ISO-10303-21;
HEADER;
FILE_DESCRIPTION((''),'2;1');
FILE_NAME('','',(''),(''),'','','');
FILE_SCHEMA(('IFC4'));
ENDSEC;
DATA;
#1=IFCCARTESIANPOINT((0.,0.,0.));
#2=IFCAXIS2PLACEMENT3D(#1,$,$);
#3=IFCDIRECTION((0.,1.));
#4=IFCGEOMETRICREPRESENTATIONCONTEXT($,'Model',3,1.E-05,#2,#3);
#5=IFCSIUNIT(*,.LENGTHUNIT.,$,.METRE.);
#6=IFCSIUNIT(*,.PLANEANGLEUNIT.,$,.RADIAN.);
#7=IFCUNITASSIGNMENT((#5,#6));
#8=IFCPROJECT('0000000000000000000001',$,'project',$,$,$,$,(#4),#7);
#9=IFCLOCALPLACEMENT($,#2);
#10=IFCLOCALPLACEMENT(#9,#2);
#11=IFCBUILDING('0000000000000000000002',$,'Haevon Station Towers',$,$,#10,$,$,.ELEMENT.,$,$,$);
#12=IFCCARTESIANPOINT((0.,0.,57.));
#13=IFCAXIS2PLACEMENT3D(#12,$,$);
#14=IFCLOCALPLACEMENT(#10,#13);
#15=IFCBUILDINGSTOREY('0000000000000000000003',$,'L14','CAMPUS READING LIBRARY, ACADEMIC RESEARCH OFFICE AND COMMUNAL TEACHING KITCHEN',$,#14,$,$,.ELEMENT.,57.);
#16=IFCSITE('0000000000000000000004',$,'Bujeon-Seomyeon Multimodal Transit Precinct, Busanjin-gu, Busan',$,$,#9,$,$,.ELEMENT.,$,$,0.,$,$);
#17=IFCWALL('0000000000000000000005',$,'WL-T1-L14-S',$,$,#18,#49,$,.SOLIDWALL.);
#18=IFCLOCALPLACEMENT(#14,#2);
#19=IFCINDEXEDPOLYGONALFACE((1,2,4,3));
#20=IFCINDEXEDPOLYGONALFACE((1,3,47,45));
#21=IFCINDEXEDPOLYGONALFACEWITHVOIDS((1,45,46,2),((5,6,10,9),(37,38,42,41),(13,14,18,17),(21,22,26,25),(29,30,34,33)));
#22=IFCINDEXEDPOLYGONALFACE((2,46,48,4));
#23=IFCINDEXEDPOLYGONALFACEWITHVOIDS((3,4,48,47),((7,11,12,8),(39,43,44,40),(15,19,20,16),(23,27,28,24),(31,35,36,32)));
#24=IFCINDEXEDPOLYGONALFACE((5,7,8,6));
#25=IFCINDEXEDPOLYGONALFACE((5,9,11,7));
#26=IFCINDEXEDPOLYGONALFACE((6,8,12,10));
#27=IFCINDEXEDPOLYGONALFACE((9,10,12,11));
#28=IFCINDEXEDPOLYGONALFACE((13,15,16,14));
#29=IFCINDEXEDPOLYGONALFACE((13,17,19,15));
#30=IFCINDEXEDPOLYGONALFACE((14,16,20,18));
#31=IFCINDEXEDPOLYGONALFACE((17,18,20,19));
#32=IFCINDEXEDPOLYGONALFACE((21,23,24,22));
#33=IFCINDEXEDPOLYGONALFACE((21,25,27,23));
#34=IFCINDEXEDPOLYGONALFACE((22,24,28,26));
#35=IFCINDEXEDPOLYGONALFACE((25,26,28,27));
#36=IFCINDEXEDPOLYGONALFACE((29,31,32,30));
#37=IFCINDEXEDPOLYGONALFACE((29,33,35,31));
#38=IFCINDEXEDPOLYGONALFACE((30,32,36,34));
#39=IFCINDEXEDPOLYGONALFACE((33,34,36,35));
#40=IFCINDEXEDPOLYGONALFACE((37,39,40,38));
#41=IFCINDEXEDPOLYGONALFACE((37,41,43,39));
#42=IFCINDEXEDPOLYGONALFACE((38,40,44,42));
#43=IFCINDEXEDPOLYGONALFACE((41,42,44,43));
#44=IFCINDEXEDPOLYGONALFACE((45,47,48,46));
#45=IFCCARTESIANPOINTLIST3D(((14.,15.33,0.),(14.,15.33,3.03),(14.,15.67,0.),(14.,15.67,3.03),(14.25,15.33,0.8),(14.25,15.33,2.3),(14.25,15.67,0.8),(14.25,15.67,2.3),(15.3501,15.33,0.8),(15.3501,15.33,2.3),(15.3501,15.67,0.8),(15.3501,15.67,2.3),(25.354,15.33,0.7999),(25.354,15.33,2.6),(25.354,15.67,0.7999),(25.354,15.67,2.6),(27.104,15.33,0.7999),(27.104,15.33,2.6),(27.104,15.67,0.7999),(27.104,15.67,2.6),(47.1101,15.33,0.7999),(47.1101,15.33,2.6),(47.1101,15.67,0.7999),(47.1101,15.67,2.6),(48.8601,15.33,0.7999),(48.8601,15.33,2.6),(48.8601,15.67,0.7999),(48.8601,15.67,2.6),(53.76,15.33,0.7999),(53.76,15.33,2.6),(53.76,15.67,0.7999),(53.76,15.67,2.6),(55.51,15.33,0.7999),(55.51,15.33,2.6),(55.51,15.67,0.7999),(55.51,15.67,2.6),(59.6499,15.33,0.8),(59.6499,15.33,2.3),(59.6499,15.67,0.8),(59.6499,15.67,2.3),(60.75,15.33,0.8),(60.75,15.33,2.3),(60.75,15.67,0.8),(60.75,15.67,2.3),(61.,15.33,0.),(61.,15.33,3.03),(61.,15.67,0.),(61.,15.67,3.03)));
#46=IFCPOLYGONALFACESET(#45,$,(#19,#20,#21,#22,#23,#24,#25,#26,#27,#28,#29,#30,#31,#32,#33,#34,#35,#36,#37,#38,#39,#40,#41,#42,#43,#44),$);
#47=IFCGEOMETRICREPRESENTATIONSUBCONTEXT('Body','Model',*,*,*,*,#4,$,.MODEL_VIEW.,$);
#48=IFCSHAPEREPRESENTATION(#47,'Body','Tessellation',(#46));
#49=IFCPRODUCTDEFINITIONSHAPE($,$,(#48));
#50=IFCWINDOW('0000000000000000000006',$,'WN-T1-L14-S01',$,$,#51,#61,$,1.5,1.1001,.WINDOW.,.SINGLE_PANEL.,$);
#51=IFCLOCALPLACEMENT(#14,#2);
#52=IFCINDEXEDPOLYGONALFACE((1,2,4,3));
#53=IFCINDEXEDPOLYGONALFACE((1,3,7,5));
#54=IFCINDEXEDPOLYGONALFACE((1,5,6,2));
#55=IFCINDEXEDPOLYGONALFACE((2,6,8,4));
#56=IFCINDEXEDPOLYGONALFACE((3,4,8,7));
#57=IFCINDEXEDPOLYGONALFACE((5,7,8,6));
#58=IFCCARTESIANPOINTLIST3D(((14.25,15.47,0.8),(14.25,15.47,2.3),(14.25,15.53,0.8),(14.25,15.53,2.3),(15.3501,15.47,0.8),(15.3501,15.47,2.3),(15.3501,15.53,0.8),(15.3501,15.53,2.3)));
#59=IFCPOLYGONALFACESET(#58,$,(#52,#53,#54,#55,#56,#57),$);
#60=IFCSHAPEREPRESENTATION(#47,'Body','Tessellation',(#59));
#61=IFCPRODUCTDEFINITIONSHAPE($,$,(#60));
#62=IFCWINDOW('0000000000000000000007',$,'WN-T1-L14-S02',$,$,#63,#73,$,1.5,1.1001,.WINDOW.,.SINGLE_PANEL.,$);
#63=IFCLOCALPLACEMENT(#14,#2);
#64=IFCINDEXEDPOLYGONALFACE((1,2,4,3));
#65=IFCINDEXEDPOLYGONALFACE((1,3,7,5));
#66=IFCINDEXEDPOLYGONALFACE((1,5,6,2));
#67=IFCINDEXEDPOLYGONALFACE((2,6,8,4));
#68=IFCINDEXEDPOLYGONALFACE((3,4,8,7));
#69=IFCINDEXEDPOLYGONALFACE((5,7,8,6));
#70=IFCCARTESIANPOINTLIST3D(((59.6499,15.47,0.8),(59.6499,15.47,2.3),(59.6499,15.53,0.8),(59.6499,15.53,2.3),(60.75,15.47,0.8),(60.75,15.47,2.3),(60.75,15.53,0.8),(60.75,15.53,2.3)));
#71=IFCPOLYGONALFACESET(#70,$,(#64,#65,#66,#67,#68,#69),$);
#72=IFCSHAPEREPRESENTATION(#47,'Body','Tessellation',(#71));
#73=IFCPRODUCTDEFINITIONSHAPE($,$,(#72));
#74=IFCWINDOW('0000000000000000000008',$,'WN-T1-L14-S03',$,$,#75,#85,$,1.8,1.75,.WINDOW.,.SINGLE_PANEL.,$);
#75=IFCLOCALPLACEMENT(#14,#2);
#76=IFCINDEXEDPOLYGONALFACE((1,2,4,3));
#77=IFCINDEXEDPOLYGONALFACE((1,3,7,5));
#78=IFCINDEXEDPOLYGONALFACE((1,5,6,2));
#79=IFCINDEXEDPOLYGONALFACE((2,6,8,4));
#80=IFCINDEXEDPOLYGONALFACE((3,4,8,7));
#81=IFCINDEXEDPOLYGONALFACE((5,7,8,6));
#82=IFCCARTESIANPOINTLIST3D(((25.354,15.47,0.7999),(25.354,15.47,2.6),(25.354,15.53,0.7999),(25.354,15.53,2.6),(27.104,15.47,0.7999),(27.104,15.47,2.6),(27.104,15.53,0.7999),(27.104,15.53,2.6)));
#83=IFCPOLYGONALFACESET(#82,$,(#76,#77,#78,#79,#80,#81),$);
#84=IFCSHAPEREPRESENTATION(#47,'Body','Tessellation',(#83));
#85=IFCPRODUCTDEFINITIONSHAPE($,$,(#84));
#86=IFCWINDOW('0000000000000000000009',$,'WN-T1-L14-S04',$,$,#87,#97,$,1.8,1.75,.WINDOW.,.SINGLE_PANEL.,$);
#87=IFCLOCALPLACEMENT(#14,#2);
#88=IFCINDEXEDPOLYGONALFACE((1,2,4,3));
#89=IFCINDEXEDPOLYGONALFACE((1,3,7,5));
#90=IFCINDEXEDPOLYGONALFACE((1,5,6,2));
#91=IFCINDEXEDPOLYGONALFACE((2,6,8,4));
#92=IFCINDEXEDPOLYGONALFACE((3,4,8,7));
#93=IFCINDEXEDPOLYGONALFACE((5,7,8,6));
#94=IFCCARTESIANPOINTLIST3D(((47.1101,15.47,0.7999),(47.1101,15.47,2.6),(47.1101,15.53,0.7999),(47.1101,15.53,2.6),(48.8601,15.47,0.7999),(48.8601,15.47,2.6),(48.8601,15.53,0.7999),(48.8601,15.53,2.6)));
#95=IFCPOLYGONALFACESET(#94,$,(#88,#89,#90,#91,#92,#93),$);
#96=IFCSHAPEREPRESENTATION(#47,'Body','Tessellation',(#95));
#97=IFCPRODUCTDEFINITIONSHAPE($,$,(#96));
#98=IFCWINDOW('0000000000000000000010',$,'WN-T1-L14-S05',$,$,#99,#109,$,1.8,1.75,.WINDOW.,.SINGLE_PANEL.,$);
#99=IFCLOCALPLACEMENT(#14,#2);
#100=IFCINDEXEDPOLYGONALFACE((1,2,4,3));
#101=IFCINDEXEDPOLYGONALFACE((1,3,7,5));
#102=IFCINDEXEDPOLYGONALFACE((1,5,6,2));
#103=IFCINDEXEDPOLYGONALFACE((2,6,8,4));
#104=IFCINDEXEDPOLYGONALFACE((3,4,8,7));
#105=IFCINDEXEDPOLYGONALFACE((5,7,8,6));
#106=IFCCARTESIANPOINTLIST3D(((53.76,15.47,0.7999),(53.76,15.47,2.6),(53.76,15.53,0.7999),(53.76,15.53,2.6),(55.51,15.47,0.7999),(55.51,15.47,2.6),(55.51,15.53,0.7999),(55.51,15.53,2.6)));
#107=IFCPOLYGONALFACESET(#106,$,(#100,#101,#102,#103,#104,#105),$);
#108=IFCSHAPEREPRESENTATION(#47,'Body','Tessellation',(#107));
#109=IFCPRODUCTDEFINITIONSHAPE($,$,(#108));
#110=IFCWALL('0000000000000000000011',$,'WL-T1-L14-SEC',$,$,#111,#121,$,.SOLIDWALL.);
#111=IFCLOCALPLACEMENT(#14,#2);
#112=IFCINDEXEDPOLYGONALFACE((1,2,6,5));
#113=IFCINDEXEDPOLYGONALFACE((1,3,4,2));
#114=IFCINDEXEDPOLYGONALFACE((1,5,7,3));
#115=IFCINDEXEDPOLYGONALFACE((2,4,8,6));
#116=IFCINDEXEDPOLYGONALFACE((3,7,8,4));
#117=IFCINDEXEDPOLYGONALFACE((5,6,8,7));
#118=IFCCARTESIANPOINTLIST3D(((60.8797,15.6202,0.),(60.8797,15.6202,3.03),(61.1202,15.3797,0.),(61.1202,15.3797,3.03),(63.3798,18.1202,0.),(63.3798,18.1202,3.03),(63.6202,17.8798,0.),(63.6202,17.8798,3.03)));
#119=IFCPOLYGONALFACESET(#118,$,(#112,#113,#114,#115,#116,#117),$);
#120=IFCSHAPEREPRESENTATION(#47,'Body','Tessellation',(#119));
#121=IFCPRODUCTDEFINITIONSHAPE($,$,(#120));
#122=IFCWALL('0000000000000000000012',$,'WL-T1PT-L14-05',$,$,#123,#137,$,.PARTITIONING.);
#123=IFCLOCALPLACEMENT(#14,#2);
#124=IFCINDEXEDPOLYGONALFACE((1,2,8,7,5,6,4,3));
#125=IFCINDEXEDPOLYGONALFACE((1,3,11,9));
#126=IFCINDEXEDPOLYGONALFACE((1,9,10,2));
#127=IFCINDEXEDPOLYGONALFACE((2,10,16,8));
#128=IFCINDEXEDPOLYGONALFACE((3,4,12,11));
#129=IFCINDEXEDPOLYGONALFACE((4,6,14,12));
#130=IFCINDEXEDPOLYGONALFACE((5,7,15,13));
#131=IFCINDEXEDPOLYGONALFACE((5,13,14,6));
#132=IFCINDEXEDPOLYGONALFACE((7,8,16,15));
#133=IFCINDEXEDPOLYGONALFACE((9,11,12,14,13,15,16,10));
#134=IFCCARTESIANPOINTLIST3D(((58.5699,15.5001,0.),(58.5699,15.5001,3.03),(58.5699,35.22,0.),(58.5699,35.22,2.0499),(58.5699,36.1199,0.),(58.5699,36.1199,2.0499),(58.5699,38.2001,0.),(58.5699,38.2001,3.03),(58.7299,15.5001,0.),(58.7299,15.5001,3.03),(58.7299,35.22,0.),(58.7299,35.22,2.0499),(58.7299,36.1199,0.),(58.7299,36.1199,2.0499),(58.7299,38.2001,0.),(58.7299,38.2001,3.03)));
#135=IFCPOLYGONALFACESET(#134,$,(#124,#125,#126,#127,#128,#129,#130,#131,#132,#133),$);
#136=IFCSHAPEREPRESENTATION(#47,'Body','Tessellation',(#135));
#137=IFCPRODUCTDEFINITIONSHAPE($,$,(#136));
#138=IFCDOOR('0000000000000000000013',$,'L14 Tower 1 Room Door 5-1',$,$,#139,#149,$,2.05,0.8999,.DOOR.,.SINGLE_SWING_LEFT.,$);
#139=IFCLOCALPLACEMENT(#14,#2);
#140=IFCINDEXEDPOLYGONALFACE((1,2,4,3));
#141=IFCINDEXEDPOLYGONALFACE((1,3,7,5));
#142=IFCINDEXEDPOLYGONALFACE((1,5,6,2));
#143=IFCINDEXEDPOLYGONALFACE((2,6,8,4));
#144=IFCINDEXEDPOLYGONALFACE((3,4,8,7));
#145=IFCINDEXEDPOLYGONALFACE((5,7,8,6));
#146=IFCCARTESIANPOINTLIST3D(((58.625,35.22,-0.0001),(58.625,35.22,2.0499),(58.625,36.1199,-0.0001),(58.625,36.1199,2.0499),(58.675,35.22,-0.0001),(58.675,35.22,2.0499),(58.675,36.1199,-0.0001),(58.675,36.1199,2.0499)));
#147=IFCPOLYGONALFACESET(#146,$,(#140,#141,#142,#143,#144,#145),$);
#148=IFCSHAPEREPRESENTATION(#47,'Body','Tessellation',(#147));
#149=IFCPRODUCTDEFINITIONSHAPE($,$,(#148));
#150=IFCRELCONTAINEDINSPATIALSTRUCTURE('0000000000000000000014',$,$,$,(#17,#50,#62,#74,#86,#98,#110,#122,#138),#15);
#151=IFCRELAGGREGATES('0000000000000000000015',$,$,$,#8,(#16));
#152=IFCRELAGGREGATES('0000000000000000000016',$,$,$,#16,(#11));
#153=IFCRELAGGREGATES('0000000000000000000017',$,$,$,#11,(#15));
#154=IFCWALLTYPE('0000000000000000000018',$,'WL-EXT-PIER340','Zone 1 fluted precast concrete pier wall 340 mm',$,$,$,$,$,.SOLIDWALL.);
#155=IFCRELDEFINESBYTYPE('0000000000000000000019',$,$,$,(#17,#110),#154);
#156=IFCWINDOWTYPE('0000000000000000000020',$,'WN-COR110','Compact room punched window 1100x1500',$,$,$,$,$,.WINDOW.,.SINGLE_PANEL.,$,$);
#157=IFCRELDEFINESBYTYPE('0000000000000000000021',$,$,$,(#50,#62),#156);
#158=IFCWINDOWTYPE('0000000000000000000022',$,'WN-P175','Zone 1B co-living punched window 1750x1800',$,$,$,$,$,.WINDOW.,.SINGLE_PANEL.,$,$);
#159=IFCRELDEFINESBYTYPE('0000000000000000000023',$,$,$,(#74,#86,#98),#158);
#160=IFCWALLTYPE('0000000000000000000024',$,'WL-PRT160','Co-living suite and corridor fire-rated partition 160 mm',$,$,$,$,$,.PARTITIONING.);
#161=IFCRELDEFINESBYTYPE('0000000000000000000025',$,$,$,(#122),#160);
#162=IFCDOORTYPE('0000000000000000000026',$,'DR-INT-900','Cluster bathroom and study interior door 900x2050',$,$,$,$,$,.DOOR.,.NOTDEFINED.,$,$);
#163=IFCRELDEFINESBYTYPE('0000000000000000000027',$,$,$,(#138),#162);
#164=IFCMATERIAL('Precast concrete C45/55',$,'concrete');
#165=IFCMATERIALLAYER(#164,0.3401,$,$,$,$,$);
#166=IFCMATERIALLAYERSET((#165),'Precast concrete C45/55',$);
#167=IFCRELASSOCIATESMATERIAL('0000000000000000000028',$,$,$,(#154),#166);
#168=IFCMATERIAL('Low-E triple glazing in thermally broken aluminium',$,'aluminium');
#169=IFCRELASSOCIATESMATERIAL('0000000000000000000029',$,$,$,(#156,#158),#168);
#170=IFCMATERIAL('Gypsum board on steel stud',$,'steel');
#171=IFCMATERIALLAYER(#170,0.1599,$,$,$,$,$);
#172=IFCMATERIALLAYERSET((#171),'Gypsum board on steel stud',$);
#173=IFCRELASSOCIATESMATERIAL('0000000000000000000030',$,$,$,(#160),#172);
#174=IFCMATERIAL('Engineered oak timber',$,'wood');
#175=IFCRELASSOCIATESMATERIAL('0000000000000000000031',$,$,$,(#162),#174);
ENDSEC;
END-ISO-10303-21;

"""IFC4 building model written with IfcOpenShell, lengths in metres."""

from ifc_helpers import new_model, si_unit, direction, frame, frame_2d, origin, place, context, subcontext, project, spatial, rectangle, extrude, material, layer, layer_set, type_object, element, fill, save


model = new_model("IFC4")

# Units and contexts
model_context = context("Model", 3, precision=1e-05, world=origin(), true_north=direction((0.0, 1.0)))
body_context = subcontext(model_context, "Body", "Model", "MODEL_VIEW")
ifc_project = project(units=[si_unit("LENGTHUNIT", "METRE"), si_unit("PLANEANGLEUNIT", "RADIAN")], contexts=[model_context])

# Site, building, storey
site_placement = place(None, origin())
site = spatial("IfcSite", under=ifc_project, at=site_placement, Name="Bujeon-Seomyeon Multimodal Transit Precinct, Busanjin-gu, Busan", CompositionType="ELEMENT", RefElevation=0.0)
building_placement = place(site_placement, origin())
building = spatial("IfcBuilding", under=site, at=building_placement, Name="Haevon Station Towers", CompositionType="ELEMENT")
storey_placement = place(building_placement, frame((0.0, 0.0, 57.0)))
storey = spatial("IfcBuildingStorey", under=building, at=storey_placement, Name="L14", Description="CAMPUS READING LIBRARY, ACADEMIC RESEARCH OFFICE AND COMMUNAL TEACHING KITCHEN", CompositionType="ELEMENT", Elevation=57.0)

# Wall, openings, windows
ifc_material_1 = material(Name="Precast concrete C45/55", Category="concrete")
ifc_layer_1 = layer(ifc_material_1, 0.3401)
ifc_layer_set_1 = layer_set([ifc_layer_1], Name="Precast concrete C45/55")
wall_type_1 = type_object("IfcWallType", Name="WL-EXT-PIER340", Description="Zone 1 fluted precast concrete pier wall 340 mm", PredefinedType="SOLIDWALL", material=ifc_layer_set_1)
wall_1_placement = place(storey_placement, frame((61.0, 15.5, 0.0), z_axis=(0.0, 0.0, 1.0), x_axis=(-1.0, 0.0, 0.0)))
wall_1 = element("IfcWall", 1, at=wall_1_placement, inside=storey, type_object=wall_type_1, Name="WL-T1-L14-S", PredefinedType="SOLIDWALL", context=body_context, shape_type="SweptSolid", body=[
    extrude(rectangle(XDim=47.0, YDim=0.3401, at=frame_2d((23.5, 0.0))), origin(), (0.0, 0.0, 1.0), 3.03),
])
opening_1_placement = place(wall_1_placement, frame((45.6499, 0.0, 0.8)))
opening_1 = element("IfcOpeningElement", 2, at=opening_1_placement, cuts=wall_1, PredefinedType="OPENING", context=body_context, shape_type="SweptSolid", body=[
    extrude(rectangle(XDim=1.1001, YDim=1.5, at=frame_2d((0.55, 0.75))), frame((0.0, 0.1799, 0.0), z_axis=(0.0, -1.0, 0.0), x_axis=(1.0, 0.0, 0.0)), (0.0, 0.0, 1.0), 0.3601),
])
opening_2_placement = place(wall_1_placement, frame((0.25, 0.0, 0.8)))
opening_2 = element("IfcOpeningElement", 3, at=opening_2_placement, cuts=wall_1, PredefinedType="OPENING", context=body_context, shape_type="SweptSolid", body=[
    extrude(rectangle(XDim=1.1001, YDim=1.5, at=frame_2d((0.55, 0.75))), frame((0.0, 0.1799, 0.0), z_axis=(0.0, -1.0, 0.0), x_axis=(1.0, 0.0, 0.0)), (0.0, 0.0, 1.0), 0.3601),
])
opening_3_placement = place(wall_1_placement, frame((33.896, 0.0, 0.8)))
opening_3 = element("IfcOpeningElement", 4, at=opening_3_placement, cuts=wall_1, PredefinedType="OPENING", context=body_context, shape_type="SweptSolid", body=[
    extrude(rectangle(XDim=1.75, YDim=1.8, at=frame_2d((0.875, 0.8999))), frame((0.0, 0.1799, 0.0), z_axis=(0.0, -1.0, 0.0), x_axis=(1.0, 0.0, 0.0)), (0.0, 0.0, 1.0), 0.3601),
])
opening_4_placement = place(wall_1_placement, frame((12.1399, 0.0, 0.8)))
opening_4 = element("IfcOpeningElement", 5, at=opening_4_placement, cuts=wall_1, PredefinedType="OPENING", context=body_context, shape_type="SweptSolid", body=[
    extrude(rectangle(XDim=1.75, YDim=1.8, at=frame_2d((0.875, 0.8999))), frame((0.0, 0.1799, 0.0), z_axis=(0.0, -1.0, 0.0), x_axis=(1.0, 0.0, 0.0)), (0.0, 0.0, 1.0), 0.3601),
])
opening_5_placement = place(wall_1_placement, frame((5.49, 0.0, 0.8)))
opening_5 = element("IfcOpeningElement", 6, at=opening_5_placement, cuts=wall_1, PredefinedType="OPENING", context=body_context, shape_type="SweptSolid", body=[
    extrude(rectangle(XDim=1.75, YDim=1.8, at=frame_2d((0.875, 0.8999))), frame((0.0, 0.1799, 0.0), z_axis=(0.0, -1.0, 0.0), x_axis=(1.0, 0.0, 0.0)), (0.0, 0.0, 1.0), 0.3601),
])
ifc_material_2 = material(Name="Low-E triple glazing in thermally broken aluminium", Category="aluminium")
window_type_1 = type_object("IfcWindowType", Name="WN-COR110", Description="Compact room punched window 1100x1500", PartitioningType="SINGLE_PANEL", PredefinedType="WINDOW", material=ifc_material_2)
window_1_placement = place(opening_1_placement, origin())
window_1 = element("IfcWindow", 7, at=window_1_placement, inside=storey, type_object=window_type_1, Name="WN-T1-L14-S01", OverallHeight=1.5, OverallWidth=1.1001, PartitioningType="SINGLE_PANEL", PredefinedType="WINDOW", context=body_context, shape_type="SweptSolid", body=[
    extrude(rectangle(XDim=1.1001, YDim=1.5, at=frame_2d((0.55, 0.75))), frame((0.0, 0.03, 0.0), z_axis=(0.0, -1.0, 0.0), x_axis=(1.0, 0.0, 0.0)), (0.0, 0.0, 1.0), 0.0601),
])
fill(opening_1, window_1)
window_2_placement = place(opening_2_placement, origin())
window_2 = element("IfcWindow", 8, at=window_2_placement, inside=storey, type_object=window_type_1, Name="WN-T1-L14-S02", OverallHeight=1.5, OverallWidth=1.1001, PartitioningType="SINGLE_PANEL", PredefinedType="WINDOW", context=body_context, shape_type="SweptSolid", body=[
    extrude(rectangle(XDim=1.1001, YDim=1.5, at=frame_2d((0.55, 0.75))), frame((0.0, 0.03, 0.0), z_axis=(0.0, -1.0, 0.0), x_axis=(1.0, 0.0, 0.0)), (0.0, 0.0, 1.0), 0.0601),
])
fill(opening_2, window_2)
window_type_2 = type_object("IfcWindowType", Name="WN-P175", Description="Zone 1B co-living punched window 1750x1800", PartitioningType="SINGLE_PANEL", PredefinedType="WINDOW", material=ifc_material_2)
window_3_placement = place(opening_3_placement, origin())
window_3 = element("IfcWindow", 9, at=window_3_placement, inside=storey, type_object=window_type_2, Name="WN-T1-L14-S03", OverallHeight=1.8, OverallWidth=1.75, PartitioningType="SINGLE_PANEL", PredefinedType="WINDOW", context=body_context, shape_type="SweptSolid", body=[
    extrude(rectangle(XDim=1.75, YDim=1.8, at=frame_2d((0.875, 0.8999))), frame((0.0, 0.03, 0.0), z_axis=(0.0, -1.0, 0.0), x_axis=(1.0, 0.0, 0.0)), (0.0, 0.0, 1.0), 0.0601),
])
fill(opening_3, window_3)
window_4_placement = place(opening_4_placement, origin())
window_4 = element("IfcWindow", 10, at=window_4_placement, inside=storey, type_object=window_type_2, Name="WN-T1-L14-S04", OverallHeight=1.8, OverallWidth=1.75, PartitioningType="SINGLE_PANEL", PredefinedType="WINDOW", context=body_context, shape_type="SweptSolid", body=[
    extrude(rectangle(XDim=1.75, YDim=1.8, at=frame_2d((0.875, 0.8999))), frame((0.0, 0.03, 0.0), z_axis=(0.0, -1.0, 0.0), x_axis=(1.0, 0.0, 0.0)), (0.0, 0.0, 1.0), 0.0601),
])
fill(opening_4, window_4)
window_5_placement = place(opening_5_placement, origin())
window_5 = element("IfcWindow", 11, at=window_5_placement, inside=storey, type_object=window_type_2, Name="WN-T1-L14-S05", OverallHeight=1.8, OverallWidth=1.75, PartitioningType="SINGLE_PANEL", PredefinedType="WINDOW", context=body_context, shape_type="SweptSolid", body=[
    extrude(rectangle(XDim=1.75, YDim=1.8, at=frame_2d((0.875, 0.8999))), frame((0.0, 0.03, 0.0), z_axis=(0.0, -1.0, 0.0), x_axis=(1.0, 0.0, 0.0)), (0.0, 0.0, 1.0), 0.0601),
])
fill(opening_5, window_5)

# Wall
wall_2_placement = place(storey_placement, frame((63.5, 18.0, 0.0), z_axis=(0.0, 0.0, 1.0), x_axis=(-0.707107, -0.707107, 0.0)))
element("IfcWall", 12, at=wall_2_placement, inside=storey, type_object=wall_type_1, Name="WL-T1-L14-SEC", PredefinedType="SOLIDWALL", context=body_context, shape_type="SweptSolid", body=[
    extrude(rectangle(XDim=3.5356, YDim=0.3401, at=frame_2d((1.7678, 0.0))), origin(), (0.0, 0.0, 1.0), 3.03),
])

# Wall, opening, door
ifc_material_3 = material(Name="Gypsum board on steel stud", Category="steel")
ifc_layer_2 = layer(ifc_material_3, 0.1599)
ifc_layer_set_2 = layer_set([ifc_layer_2], Name="Gypsum board on steel stud")
wall_type_2 = type_object("IfcWallType", Name="WL-PRT160", Description="Co-living suite and corridor fire-rated partition 160 mm", PredefinedType="PARTITIONING", material=ifc_layer_set_2)
wall_3_placement = place(storey_placement, frame((58.6499, 15.5, 0.0), z_axis=(0.0, 0.0, 1.0), x_axis=(0.0, 1.0, 0.0)))
wall_3 = element("IfcWall", 13, at=wall_3_placement, inside=storey, type_object=wall_type_2, Name="WL-T1PT-L14-05", PredefinedType="PARTITIONING", context=body_context, shape_type="SweptSolid", body=[
    extrude(rectangle(XDim=22.7, YDim=0.1599, at=frame_2d((11.3501, 0.0))), origin(), (0.0, 0.0, 1.0), 3.03),
])
opening_6_placement = place(wall_3_placement, frame((19.72, 0.0, 0.0)))
opening_6 = element("IfcOpeningElement", 14, at=opening_6_placement, cuts=wall_3, PredefinedType="OPENING", context=body_context, shape_type="SweptSolid", body=[
    extrude(rectangle(XDim=0.8999, YDim=2.05, at=frame_2d((0.45, 1.0249))), frame((0.0, 0.0898, 0.0), z_axis=(0.0, -1.0, 0.0), x_axis=(1.0, 0.0, 0.0)), (0.0, 0.0, 1.0), 0.1799),
])
ifc_material_4 = material(Name="Engineered oak timber", Category="wood")
door_type = type_object("IfcDoorType", Name="DR-INT-900", Description="Cluster bathroom and study interior door 900x2050", OperationType="NOTDEFINED", PredefinedType="DOOR", material=ifc_material_4)
door_placement = place(opening_6_placement, origin())
door = element("IfcDoor", 15, at=door_placement, inside=storey, type_object=door_type, Name="L14 Tower 1 Room Door 5-1", OperationType="SINGLE_SWING_LEFT", OverallHeight=2.05, OverallWidth=0.8999, PredefinedType="DOOR", context=body_context, shape_type="SweptSolid", body=[
    extrude(rectangle(XDim=0.8999, YDim=2.05, at=frame_2d((0.45, 1.0249))), frame((0.0, 0.0249, 0.0), z_axis=(0.0, -1.0, 0.0), x_axis=(1.0, 0.0, 0.0)), (0.0, 0.0, 1.0), 0.05),
])
fill(opening_6, door)

save(model, "model.ifc")
